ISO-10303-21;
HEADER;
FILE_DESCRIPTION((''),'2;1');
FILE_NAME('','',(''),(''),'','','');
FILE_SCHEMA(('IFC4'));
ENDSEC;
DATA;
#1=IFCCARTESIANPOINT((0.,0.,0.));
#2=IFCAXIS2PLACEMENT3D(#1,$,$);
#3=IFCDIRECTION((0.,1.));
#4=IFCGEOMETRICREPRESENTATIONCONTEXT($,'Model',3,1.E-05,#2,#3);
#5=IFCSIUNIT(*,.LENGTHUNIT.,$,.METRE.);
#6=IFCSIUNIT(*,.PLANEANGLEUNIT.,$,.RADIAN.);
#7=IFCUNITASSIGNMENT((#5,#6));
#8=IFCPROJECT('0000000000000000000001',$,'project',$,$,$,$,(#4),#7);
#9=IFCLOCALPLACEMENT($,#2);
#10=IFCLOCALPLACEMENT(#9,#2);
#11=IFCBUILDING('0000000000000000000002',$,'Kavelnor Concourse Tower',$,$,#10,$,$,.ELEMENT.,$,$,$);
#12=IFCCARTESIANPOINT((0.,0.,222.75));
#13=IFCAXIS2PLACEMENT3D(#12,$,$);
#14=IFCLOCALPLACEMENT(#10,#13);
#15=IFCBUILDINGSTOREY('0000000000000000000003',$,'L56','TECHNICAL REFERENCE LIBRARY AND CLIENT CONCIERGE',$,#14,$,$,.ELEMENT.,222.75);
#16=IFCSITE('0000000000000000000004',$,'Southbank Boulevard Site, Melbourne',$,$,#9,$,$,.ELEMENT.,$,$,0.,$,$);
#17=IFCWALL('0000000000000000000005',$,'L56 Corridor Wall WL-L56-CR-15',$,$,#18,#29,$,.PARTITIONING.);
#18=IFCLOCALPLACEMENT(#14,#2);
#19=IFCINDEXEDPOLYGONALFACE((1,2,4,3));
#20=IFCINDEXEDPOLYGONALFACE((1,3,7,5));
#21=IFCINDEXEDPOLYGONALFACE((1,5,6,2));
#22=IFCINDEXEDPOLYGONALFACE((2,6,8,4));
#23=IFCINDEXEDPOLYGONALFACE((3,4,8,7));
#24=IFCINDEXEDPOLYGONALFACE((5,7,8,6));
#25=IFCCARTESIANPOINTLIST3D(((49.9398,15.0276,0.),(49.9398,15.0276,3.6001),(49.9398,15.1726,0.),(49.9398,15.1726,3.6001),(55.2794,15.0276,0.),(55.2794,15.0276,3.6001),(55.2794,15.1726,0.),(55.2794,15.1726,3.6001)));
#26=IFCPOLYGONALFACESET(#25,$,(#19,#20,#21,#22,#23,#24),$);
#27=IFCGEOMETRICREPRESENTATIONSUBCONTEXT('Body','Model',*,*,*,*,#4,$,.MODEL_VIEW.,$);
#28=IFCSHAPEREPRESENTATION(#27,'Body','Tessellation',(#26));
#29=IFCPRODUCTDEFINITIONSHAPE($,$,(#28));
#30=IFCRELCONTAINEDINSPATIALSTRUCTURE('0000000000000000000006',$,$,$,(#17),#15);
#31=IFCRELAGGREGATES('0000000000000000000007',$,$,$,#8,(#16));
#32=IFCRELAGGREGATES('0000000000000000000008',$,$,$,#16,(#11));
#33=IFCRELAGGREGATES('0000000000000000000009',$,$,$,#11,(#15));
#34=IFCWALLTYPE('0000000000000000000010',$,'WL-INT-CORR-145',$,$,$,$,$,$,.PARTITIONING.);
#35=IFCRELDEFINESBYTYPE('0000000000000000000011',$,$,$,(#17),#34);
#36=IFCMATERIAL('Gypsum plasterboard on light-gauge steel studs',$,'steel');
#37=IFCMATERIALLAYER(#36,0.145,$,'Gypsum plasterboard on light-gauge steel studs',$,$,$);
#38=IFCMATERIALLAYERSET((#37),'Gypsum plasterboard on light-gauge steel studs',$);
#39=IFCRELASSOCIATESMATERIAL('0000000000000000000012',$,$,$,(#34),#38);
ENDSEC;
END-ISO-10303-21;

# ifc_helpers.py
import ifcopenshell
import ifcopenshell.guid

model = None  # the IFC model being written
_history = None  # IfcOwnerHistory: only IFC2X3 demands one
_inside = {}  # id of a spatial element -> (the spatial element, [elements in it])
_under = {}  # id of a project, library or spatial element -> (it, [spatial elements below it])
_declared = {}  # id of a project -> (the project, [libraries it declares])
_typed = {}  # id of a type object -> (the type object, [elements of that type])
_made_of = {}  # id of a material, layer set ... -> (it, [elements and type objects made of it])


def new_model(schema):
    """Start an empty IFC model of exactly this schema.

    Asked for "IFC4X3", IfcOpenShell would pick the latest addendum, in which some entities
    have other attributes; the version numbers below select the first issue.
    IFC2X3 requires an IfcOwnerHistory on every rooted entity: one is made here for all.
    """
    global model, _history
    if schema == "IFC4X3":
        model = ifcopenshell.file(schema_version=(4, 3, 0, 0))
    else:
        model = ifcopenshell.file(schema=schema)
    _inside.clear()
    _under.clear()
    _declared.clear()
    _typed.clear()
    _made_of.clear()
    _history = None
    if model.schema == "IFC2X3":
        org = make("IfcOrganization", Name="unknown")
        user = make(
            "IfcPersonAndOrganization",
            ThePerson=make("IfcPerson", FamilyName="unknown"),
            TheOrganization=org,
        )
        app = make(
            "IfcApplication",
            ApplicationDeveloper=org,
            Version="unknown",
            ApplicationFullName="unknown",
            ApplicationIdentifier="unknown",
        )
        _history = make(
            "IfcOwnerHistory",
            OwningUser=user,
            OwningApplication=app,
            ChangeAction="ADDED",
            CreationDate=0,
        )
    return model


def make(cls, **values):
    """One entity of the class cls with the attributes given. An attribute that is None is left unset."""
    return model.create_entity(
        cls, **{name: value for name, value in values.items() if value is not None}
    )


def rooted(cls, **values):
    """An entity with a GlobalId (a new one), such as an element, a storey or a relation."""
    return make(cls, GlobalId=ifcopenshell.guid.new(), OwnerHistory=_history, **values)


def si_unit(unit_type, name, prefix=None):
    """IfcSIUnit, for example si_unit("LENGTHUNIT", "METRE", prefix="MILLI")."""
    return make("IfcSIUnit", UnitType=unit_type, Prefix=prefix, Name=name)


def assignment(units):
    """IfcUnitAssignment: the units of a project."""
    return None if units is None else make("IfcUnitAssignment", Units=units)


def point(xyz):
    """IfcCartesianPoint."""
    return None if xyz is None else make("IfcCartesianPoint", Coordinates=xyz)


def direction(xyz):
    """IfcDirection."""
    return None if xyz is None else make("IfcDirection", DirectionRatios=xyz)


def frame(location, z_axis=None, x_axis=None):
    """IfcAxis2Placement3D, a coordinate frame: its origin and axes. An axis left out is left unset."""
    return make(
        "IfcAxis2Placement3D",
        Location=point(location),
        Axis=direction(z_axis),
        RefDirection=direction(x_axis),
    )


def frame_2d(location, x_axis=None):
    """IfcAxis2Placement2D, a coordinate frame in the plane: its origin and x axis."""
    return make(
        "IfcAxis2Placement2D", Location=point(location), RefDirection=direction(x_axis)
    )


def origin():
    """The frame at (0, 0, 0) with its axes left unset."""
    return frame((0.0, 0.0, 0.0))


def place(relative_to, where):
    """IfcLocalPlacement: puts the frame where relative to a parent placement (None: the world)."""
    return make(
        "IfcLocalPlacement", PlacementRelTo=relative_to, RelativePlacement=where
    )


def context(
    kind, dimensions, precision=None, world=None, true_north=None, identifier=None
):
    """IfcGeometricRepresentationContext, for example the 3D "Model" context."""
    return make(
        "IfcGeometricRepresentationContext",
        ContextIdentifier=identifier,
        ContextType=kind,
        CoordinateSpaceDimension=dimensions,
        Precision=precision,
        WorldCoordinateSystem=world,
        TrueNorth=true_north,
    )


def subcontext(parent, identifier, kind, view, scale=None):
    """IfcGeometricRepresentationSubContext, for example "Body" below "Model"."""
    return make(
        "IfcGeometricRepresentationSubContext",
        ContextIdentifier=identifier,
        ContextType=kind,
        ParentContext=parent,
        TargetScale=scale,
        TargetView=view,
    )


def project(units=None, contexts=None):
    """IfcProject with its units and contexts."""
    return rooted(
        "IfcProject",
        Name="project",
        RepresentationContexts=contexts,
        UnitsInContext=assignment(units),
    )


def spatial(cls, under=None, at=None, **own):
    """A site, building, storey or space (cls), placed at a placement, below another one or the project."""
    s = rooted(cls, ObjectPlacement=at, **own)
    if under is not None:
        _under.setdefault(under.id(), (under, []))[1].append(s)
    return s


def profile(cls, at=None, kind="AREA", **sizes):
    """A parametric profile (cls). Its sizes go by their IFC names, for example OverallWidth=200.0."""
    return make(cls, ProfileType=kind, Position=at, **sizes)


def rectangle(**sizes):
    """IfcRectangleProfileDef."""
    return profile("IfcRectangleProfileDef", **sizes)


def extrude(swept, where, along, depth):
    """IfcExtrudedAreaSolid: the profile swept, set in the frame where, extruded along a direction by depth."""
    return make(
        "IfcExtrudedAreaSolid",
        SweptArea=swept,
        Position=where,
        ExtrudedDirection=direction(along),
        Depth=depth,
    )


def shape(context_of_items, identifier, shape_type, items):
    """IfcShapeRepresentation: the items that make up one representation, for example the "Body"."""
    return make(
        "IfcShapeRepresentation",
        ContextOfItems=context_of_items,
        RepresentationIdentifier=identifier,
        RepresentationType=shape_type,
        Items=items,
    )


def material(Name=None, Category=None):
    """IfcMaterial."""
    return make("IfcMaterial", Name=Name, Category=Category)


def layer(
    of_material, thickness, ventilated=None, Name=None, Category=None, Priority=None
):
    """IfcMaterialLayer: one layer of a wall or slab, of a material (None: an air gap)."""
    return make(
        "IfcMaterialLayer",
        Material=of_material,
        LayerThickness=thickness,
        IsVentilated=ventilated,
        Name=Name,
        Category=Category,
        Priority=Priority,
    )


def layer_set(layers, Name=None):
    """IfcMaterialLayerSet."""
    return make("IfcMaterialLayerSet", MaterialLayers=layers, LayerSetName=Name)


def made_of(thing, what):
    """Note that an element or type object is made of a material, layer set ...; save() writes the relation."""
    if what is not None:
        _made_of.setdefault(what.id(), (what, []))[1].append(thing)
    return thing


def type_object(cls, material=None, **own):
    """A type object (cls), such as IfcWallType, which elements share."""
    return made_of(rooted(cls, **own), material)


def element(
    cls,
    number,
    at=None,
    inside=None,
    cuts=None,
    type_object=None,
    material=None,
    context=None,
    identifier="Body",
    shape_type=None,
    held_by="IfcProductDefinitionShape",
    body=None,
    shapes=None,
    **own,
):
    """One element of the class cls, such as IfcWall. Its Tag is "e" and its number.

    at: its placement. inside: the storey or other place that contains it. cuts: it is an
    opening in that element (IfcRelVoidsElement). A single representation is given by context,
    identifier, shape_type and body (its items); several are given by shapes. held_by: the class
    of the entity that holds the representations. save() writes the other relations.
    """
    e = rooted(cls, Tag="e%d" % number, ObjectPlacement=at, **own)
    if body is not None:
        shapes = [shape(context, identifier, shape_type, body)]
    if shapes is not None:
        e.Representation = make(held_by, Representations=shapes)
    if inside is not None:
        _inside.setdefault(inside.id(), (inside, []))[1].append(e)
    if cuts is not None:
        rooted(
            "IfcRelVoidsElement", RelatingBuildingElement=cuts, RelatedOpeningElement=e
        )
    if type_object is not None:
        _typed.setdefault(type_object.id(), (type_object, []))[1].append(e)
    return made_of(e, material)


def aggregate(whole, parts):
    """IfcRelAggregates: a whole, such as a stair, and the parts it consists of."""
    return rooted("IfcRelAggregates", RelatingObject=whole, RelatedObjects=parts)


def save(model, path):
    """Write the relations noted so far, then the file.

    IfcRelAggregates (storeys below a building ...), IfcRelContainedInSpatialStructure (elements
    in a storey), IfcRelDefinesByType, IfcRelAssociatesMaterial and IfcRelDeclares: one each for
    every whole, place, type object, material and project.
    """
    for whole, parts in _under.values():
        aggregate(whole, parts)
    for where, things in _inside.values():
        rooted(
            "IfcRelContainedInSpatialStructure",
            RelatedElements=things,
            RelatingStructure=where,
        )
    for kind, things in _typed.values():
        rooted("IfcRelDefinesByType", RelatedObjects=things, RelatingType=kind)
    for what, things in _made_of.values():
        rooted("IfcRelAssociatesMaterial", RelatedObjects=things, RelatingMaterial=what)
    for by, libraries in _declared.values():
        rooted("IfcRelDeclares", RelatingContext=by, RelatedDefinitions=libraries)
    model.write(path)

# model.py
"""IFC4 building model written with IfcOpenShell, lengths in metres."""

from ifc_helpers import new_model, si_unit, direction, frame, frame_2d, origin, place, context, subcontext, project, spatial, rectangle, extrude, material, layer, layer_set, type_object, element, save


model = new_model("IFC4")

# Units and contexts
model_context = context("Model", 3, precision=1e-05, world=origin(), true_north=direction((0.0, 1.0)))
body_context = subcontext(model_context, "Body", "Model", "MODEL_VIEW")
ifc_project = project(units=[si_unit("LENGTHUNIT", "METRE"), si_unit("PLANEANGLEUNIT", "RADIAN")], contexts=[model_context])

# Site, building, storey
site_placement = place(None, origin())
site = spatial("IfcSite", under=ifc_project, at=site_placement, Name="Southbank Boulevard Site, Melbourne", CompositionType="ELEMENT", RefElevation=0.0)
building_placement = place(site_placement, origin())
building = spatial("IfcBuilding", under=site, at=building_placement, Name="Kavelnor Concourse Tower", CompositionType="ELEMENT")
storey_placement = place(building_placement, frame((0.0, 0.0, 222.75)))
storey = spatial("IfcBuildingStorey", under=building, at=storey_placement, Name="L56", Description="TECHNICAL REFERENCE LIBRARY AND CLIENT CONCIERGE", CompositionType="ELEMENT", Elevation=222.75)

# Wall
ifc_material_1 = material(Name="Gypsum plasterboard on light-gauge steel studs", Category="steel")
ifc_layer_1 = layer(ifc_material_1, 0.145, Name="Gypsum plasterboard on light-gauge steel studs")
ifc_layer_set_1 = layer_set([ifc_layer_1], Name="Gypsum plasterboard on light-gauge steel studs")
wall_type_1 = type_object("IfcWallType", Name="WL-INT-CORR-145", PredefinedType="PARTITIONING", material=ifc_layer_set_1)
wall_1_placement = place(storey_placement, frame((55.2795, 15.1001, 0.0), z_axis=(0.0, 0.0, 1.0), x_axis=(-1.0, 0.0, 0.0)))
element("IfcWall", 1, at=wall_1_placement, inside=storey, type_object=wall_type_1, Name="L56 Corridor Wall WL-L56-CR-15", PredefinedType="PARTITIONING", context=body_context, shape_type="SweptSolid", body=[
    extrude(rectangle(XDim=5.3396, YDim=0.145, at=frame_2d((2.6699, 0.0))), origin(), (0.0, 0.0, 1.0), 3.6001),
])

save(model, "model.ifc")
